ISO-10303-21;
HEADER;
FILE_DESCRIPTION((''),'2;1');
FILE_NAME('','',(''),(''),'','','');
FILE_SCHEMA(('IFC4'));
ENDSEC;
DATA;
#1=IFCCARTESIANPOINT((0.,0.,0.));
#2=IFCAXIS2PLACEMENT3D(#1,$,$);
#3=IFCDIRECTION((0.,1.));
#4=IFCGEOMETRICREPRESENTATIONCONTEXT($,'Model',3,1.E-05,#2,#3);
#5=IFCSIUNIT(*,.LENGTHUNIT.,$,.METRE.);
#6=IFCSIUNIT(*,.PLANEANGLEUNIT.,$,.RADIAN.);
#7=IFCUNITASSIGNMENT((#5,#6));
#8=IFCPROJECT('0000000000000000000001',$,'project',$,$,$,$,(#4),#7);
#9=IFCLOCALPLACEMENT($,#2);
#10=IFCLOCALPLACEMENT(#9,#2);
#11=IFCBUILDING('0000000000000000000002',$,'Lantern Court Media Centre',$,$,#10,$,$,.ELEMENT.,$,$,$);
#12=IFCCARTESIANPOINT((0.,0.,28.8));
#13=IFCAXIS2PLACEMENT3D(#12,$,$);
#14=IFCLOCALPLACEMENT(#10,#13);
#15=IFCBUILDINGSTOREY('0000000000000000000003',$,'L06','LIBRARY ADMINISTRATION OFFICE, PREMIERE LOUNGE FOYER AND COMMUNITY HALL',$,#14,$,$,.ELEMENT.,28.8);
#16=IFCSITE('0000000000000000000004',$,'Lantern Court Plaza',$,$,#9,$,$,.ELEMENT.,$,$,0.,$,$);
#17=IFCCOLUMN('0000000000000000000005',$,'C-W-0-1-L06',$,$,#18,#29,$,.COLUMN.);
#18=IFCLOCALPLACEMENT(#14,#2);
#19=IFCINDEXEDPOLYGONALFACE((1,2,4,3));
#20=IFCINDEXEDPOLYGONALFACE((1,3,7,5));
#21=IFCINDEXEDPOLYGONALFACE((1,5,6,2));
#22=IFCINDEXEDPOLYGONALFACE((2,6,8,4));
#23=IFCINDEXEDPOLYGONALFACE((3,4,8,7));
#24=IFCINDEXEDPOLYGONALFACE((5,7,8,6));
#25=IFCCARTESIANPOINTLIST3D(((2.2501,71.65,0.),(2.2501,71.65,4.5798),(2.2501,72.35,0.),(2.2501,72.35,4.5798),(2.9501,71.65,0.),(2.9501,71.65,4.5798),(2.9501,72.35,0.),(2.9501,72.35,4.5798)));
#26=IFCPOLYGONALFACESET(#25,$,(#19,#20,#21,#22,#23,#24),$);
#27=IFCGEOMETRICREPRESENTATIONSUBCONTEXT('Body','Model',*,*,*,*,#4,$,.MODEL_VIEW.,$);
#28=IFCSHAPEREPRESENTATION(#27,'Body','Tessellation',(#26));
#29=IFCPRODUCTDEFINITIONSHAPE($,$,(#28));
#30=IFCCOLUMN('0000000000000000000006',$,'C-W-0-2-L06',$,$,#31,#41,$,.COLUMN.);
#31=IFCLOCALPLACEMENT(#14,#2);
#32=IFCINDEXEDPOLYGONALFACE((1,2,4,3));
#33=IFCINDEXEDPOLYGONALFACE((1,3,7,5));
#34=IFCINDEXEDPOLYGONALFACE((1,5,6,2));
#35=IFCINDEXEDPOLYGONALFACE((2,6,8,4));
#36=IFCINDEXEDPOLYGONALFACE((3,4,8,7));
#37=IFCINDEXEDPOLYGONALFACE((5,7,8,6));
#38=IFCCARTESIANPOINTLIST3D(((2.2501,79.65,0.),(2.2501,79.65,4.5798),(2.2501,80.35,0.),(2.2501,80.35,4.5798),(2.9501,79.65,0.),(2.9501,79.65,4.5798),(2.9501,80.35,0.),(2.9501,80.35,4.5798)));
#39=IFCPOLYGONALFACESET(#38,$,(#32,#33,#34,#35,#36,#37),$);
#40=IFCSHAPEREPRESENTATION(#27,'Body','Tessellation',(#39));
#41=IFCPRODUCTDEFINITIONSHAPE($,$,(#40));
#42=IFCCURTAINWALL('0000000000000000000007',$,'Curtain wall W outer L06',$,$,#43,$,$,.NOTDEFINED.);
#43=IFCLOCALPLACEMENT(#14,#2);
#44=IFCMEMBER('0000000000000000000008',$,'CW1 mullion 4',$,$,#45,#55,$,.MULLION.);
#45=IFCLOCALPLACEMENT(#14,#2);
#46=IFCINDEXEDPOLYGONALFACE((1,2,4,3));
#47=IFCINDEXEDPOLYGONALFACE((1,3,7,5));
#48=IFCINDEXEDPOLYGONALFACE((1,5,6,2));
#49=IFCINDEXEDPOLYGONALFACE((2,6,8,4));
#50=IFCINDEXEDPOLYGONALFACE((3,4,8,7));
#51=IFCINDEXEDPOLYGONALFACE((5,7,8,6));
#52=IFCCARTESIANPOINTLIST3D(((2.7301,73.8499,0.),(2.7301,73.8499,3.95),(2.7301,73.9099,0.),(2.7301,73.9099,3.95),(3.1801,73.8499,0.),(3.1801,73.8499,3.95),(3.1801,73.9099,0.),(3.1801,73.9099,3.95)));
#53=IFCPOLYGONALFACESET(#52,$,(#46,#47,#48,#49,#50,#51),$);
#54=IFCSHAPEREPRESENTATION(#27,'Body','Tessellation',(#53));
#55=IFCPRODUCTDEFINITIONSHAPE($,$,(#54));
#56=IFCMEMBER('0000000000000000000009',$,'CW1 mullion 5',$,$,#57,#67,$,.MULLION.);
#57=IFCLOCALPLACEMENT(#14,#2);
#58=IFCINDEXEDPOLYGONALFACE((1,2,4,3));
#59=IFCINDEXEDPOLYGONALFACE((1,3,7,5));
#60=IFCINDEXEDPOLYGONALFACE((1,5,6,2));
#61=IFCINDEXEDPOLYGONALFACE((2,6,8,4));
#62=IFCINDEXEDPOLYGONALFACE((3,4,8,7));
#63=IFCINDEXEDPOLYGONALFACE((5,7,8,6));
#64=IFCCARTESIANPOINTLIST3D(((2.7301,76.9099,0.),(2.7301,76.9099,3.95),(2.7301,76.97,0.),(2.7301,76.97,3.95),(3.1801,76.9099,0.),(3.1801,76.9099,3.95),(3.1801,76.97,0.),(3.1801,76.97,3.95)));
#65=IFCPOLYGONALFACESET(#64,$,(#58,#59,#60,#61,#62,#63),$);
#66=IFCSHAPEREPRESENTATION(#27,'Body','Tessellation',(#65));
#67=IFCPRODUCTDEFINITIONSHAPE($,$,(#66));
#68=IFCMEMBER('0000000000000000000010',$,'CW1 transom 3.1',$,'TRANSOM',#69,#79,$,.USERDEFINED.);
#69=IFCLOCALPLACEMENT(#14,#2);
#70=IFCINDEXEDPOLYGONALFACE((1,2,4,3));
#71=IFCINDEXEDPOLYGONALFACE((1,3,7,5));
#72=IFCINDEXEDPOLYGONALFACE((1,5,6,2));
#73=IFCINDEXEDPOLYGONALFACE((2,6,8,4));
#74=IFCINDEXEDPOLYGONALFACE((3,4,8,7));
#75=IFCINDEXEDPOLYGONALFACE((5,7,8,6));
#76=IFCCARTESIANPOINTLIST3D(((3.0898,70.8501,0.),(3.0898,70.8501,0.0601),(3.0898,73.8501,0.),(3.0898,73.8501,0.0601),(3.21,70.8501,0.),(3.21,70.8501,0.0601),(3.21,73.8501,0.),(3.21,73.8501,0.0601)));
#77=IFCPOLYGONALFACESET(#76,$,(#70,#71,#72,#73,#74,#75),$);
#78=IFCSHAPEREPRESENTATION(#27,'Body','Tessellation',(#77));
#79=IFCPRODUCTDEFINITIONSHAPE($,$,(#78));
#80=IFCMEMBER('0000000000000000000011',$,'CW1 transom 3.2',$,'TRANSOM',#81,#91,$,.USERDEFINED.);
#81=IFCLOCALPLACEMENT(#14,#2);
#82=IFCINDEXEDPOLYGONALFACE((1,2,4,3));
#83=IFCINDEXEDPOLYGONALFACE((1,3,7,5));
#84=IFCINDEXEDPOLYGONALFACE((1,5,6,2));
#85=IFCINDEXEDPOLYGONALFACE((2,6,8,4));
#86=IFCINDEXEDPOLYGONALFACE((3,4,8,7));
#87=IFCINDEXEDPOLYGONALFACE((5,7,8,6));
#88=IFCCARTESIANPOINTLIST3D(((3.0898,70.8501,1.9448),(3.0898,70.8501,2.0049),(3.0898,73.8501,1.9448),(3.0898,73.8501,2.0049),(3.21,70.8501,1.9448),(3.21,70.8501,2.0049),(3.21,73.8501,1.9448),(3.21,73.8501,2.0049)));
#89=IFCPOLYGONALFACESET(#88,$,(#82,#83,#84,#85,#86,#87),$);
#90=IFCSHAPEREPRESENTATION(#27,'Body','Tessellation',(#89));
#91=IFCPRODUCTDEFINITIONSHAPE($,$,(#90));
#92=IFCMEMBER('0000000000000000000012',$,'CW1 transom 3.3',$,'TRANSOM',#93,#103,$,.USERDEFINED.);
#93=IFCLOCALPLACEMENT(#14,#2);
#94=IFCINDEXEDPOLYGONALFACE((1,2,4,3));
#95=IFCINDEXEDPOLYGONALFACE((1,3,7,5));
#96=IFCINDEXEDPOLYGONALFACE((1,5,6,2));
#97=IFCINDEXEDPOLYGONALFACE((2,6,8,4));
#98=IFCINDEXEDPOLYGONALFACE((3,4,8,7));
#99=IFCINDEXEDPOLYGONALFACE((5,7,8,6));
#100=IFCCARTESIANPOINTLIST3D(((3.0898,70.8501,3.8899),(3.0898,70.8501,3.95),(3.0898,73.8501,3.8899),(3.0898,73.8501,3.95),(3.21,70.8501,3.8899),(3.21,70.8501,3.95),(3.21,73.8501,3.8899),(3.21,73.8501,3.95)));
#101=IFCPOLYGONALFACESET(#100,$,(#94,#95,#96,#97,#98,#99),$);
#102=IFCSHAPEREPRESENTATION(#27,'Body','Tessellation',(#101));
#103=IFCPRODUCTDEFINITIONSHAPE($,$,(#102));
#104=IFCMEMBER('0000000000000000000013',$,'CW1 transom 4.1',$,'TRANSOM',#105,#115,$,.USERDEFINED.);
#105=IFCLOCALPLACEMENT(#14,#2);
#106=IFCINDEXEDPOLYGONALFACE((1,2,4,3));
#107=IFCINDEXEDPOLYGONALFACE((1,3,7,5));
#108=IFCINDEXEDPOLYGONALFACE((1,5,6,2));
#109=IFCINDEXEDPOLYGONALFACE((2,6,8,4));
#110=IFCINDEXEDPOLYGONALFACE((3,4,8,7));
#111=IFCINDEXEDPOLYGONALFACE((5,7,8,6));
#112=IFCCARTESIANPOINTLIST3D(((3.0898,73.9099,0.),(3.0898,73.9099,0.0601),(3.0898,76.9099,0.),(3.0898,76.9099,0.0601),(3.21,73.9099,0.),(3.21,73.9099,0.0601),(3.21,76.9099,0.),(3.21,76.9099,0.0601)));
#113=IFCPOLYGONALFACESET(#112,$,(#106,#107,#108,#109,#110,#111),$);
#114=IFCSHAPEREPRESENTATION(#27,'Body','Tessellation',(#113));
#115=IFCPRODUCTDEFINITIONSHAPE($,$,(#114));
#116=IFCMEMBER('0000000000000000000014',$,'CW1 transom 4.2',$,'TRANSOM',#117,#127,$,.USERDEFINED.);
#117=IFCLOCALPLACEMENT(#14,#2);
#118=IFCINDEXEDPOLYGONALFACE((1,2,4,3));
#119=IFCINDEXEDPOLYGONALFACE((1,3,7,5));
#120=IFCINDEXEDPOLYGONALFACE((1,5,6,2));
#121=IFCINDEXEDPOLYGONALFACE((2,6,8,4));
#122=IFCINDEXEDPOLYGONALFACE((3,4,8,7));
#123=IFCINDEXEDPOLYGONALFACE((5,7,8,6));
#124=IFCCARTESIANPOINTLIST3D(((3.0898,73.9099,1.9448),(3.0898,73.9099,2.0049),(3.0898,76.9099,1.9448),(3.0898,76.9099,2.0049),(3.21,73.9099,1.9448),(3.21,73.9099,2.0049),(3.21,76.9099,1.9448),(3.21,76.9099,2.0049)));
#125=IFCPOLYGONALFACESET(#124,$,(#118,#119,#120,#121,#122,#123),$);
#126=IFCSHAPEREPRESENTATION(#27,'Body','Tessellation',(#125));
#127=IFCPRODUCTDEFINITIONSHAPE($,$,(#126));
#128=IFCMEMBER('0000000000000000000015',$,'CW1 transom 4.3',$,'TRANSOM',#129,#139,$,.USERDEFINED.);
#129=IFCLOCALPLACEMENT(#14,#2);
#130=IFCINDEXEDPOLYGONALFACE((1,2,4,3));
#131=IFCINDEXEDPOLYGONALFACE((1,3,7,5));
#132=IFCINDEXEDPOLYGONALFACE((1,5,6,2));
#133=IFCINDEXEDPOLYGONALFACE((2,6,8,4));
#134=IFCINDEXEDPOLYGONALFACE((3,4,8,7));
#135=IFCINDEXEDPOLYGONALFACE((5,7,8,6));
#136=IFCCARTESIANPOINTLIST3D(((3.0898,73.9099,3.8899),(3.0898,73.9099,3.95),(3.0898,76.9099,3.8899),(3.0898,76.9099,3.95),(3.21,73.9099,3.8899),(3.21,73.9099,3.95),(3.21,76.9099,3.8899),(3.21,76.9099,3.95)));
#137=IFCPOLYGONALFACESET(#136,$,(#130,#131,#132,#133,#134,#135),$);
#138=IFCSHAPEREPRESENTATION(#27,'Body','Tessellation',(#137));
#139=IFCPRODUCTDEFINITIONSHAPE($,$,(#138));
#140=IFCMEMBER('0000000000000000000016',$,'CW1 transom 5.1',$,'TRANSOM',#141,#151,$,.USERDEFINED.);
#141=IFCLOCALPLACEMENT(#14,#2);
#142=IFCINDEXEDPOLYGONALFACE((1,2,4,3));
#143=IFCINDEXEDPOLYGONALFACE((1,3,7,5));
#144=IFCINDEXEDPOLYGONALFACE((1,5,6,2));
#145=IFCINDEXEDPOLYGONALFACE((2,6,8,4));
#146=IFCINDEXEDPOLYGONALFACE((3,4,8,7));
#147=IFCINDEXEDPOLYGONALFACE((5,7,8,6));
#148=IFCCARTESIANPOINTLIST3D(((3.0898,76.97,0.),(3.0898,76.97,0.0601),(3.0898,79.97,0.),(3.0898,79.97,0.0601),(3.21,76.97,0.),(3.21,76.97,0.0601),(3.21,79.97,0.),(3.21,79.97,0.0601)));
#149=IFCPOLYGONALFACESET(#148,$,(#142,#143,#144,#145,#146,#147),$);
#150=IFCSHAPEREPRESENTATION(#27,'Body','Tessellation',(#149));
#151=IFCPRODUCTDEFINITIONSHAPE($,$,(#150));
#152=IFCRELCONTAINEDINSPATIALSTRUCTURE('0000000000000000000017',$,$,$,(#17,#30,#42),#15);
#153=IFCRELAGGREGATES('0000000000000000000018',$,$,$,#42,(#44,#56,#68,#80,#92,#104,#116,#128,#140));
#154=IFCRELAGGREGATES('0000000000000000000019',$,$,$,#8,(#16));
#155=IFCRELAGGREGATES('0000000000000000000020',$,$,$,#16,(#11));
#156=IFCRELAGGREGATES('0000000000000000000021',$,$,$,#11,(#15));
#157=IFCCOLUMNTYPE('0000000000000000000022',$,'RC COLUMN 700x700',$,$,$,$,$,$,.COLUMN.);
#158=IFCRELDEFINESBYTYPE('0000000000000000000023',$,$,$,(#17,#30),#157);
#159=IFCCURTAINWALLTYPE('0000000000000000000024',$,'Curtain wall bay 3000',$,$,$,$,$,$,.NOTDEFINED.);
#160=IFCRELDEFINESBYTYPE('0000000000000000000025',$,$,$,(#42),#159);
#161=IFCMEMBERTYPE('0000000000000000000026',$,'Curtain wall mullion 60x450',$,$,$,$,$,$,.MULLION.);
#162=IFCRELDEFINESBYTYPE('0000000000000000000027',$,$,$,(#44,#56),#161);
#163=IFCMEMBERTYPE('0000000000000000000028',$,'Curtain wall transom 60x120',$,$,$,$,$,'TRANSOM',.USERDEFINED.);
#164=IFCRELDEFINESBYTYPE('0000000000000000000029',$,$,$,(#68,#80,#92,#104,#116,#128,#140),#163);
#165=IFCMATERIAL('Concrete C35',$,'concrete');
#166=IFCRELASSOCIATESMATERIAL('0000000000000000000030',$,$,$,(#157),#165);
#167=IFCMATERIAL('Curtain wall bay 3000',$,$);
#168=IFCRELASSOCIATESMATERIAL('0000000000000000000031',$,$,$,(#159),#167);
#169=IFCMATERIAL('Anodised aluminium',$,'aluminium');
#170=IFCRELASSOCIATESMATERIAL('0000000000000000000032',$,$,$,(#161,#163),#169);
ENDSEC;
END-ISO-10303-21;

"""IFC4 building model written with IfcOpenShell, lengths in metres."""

from ifc_helpers import new_model, si_unit, direction, frame, origin, origin_2d, place, context, subcontext, project, spatial, rectangle, extrude, material, material_profile, profile_set, type_object, element, aggregate, save


model = new_model("IFC4")

# Units and contexts
model_context = context("Model", 3, precision=1e-05, world=origin(), true_north=direction((0.0, 1.0)))
body_context = subcontext(model_context, "Body", "Model", "MODEL_VIEW")
ifc_project = project(units=[si_unit("LENGTHUNIT", "METRE"), si_unit("PLANEANGLEUNIT", "RADIAN")], contexts=[model_context])

# Site, building, storey
site_placement = place(None, origin())
site = spatial("IfcSite", under=ifc_project, at=site_placement, Name="Lantern Court Plaza", CompositionType="ELEMENT", RefElevation=0.0)
building_placement = place(site_placement, origin())
building = spatial("IfcBuilding", under=site, at=building_placement, Name="Lantern Court Media Centre", CompositionType="ELEMENT")
storey_placement = place(building_placement, frame((0.0, 0.0, 28.8)))
storey = spatial("IfcBuildingStorey", under=building, at=storey_placement, Name="L06", Description="LIBRARY ADMINISTRATION OFFICE, PREMIERE LOUNGE FOYER AND COMMUNITY HALL", CompositionType="ELEMENT", Elevation=28.8)

# Columns
ifc_material_1 = material(Name="Concrete C35", Category="concrete")
ifc_material_profile_1 = material_profile(ifc_material_1, rectangle(XDim=0.7, YDim=0.7, at=origin_2d()), Name="RC 700x700")
ifc_profile_set_1 = profile_set([ifc_material_profile_1], Name="Concrete C35")
column_type = type_object("IfcColumnType", Name="RC COLUMN 700x700", PredefinedType="COLUMN", material=ifc_profile_set_1)
for number, where, z_axis, x_axis, name in (
    (1, (2.6001, 72.0, 0.0), (0.0, 0.0, 1.0), (1.0, 0.0, 0.0), "C-W-0-1-L06"),
    (2, (2.6001, 80.0, 0.0), (0.0, 0.0, 1.0), (1.0, 0.0, 0.0), "C-W-0-2-L06"),
):
    element("IfcColumn", number, at=place(storey_placement, frame(where, z_axis=z_axis, x_axis=x_axis)), inside=storey, type_object=column_type, Name=name, PredefinedType="COLUMN", context=body_context, shape_type="SweptSolid", body=[
        extrude(rectangle(XDim=0.7, YDim=0.7, at=origin_2d()), origin(), (0.0, 0.0, 1.0), 4.5798),
    ])

# Curtain wall, members
ifc_material_2 = material(Name="Curtain wall bay 3000")
curtain_wall_type = type_object("IfcCurtainWallType", Name="Curtain wall bay 3000", PredefinedType="NOTDEFINED", material=ifc_material_2)
curtain_wall_placement = place(storey_placement, origin())
curtain_wall = element("IfcCurtainWall", 3, at=curtain_wall_placement, inside=storey, type_object=curtain_wall_type, Name="Curtain wall W outer L06", PredefinedType="NOTDEFINED")
ifc_material_3 = material(Name="Anodised aluminium", Category="aluminium")
ifc_material_profile_2 = material_profile(ifc_material_3, rectangle(XDim=0.45, YDim=0.0601, at=origin_2d()), Name="AL 60x450")
ifc_profile_set_2 = profile_set([ifc_material_profile_2], Name="Anodised aluminium")
member_type_1 = type_object("IfcMemberType", Name="Curtain wall mullion 60x450", PredefinedType="MULLION", material=ifc_profile_set_2)
member_1_placement = place(storey_placement, frame((2.9551, 73.8799, 0.0), z_axis=(0.0, 0.0, 1.0), x_axis=(-1.0, 0.0, 0.0)))
member_1 = element("IfcMember", 4, at=member_1_placement, type_object=member_type_1, Name="CW1 mullion 4", PredefinedType="MULLION", context=body_context, shape_type="SweptSolid", body=[
    extrude(rectangle(XDim=0.45, YDim=0.0601, at=origin_2d()), origin(), (0.0, 0.0, 1.0), 3.95),
])
member_2_placement = place(storey_placement, frame((2.9551, 76.9399, 0.0), z_axis=(0.0, 0.0, 1.0), x_axis=(-1.0, 0.0, 0.0)))
member_2 = element("IfcMember", 5, at=member_2_placement, type_object=member_type_1, Name="CW1 mullion 5", PredefinedType="MULLION", context=body_context, shape_type="SweptSolid", body=[
    extrude(rectangle(XDim=0.45, YDim=0.0601, at=origin_2d()), origin(), (0.0, 0.0, 1.0), 3.95),
])
ifc_material_profile_3 = material_profile(ifc_material_3, rectangle(XDim=0.1201, YDim=0.0601, at=origin_2d()), Name="AL 60x120")
ifc_profile_set_3 = profile_set([ifc_material_profile_3], Name="Anodised aluminium")
member_type_2 = type_object("IfcMemberType", Name="Curtain wall transom 60x120", ElementType="TRANSOM", PredefinedType="USERDEFINED", material=ifc_profile_set_3)
member_3_placement = place(storey_placement, frame((3.1499, 70.8501, 0.03), z_axis=(0.0, 1.0, 0.0), x_axis=(-1.0, 0.0, 0.0)))
member_3 = element("IfcMember", 6, at=member_3_placement, type_object=member_type_2, Name="CW1 transom 3.1", ObjectType="TRANSOM", PredefinedType="USERDEFINED", context=body_context, shape_type="SweptSolid", body=[
    extrude(rectangle(XDim=0.1201, YDim=0.0601, at=origin_2d()), origin(), (0.0, 0.0, 1.0), 3.0),
])
member_4_placement = place(storey_placement, frame((3.1499, 70.8501, 1.9749), z_axis=(0.0, 1.0, 0.0), x_axis=(-1.0, 0.0, 0.0)))
member_4 = element("IfcMember", 7, at=member_4_placement, type_object=member_type_2, Name="CW1 transom 3.2", ObjectType="TRANSOM", PredefinedType="USERDEFINED", context=body_context, shape_type="SweptSolid", body=[
    extrude(rectangle(XDim=0.1201, YDim=0.0601, at=origin_2d()), origin(), (0.0, 0.0, 1.0), 3.0),
])
member_5_placement = place(storey_placement, frame((3.1499, 70.8501, 3.9199), z_axis=(0.0, 1.0, 0.0), x_axis=(-1.0, 0.0, 0.0)))
member_5 = element("IfcMember", 8, at=member_5_placement, type_object=member_type_2, Name="CW1 transom 3.3", ObjectType="TRANSOM", PredefinedType="USERDEFINED", context=body_context, shape_type="SweptSolid", body=[
    extrude(rectangle(XDim=0.1201, YDim=0.0601, at=origin_2d()), origin(), (0.0, 0.0, 1.0), 3.0),
])
member_6_placement = place(storey_placement, frame((3.1499, 73.9099, 0.03), z_axis=(0.0, 1.0, 0.0), x_axis=(-1.0, 0.0, 0.0)))
member_6 = element("IfcMember", 9, at=member_6_placement, type_object=member_type_2, Name="CW1 transom 4.1", ObjectType="TRANSOM", PredefinedType="USERDEFINED", context=body_context, shape_type="SweptSolid", body=[
    extrude(rectangle(XDim=0.1201, YDim=0.0601, at=origin_2d()), origin(), (0.0, 0.0, 1.0), 3.0),
])
member_7_placement = place(storey_placement, frame((3.1499, 73.9099, 1.9749), z_axis=(0.0, 1.0, 0.0), x_axis=(-1.0, 0.0, 0.0)))
member_7 = element("IfcMember", 10, at=member_7_placement, type_object=member_type_2, Name="CW1 transom 4.2", ObjectType="TRANSOM", PredefinedType="USERDEFINED", context=body_context, shape_type="SweptSolid", body=[
    extrude(rectangle(XDim=0.1201, YDim=0.0601, at=origin_2d()), origin(), (0.0, 0.0, 1.0), 3.0),
])
member_8_placement = place(storey_placement, frame((3.1499, 73.9099, 3.9199), z_axis=(0.0, 1.0, 0.0), x_axis=(-1.0, 0.0, 0.0)))
member_8 = element("IfcMember", 11, at=member_8_placement, type_object=member_type_2, Name="CW1 transom 4.3", ObjectType="TRANSOM", PredefinedType="USERDEFINED", context=body_context, shape_type="SweptSolid", body=[
    extrude(rectangle(XDim=0.1201, YDim=0.0601, at=origin_2d()), origin(), (0.0, 0.0, 1.0), 3.0),
])
member_9_placement = place(storey_placement, frame((3.1499, 76.97, 0.03), z_axis=(0.0, 1.0, 0.0), x_axis=(-1.0, 0.0, 0.0)))
member_9 = element("IfcMember", 12, at=member_9_placement, type_object=member_type_2, Name="CW1 transom 5.1", ObjectType="TRANSOM", PredefinedType="USERDEFINED", context=body_context, shape_type="SweptSolid", body=[
    extrude(rectangle(XDim=0.1201, YDim=0.0601, at=origin_2d()), origin(), (0.0, 0.0, 1.0), 3.0),
])

aggregate(curtain_wall, [member_1, member_2, member_3, member_4, member_5, member_6, member_7, member_8, member_9])

save(model, "model.ifc")
